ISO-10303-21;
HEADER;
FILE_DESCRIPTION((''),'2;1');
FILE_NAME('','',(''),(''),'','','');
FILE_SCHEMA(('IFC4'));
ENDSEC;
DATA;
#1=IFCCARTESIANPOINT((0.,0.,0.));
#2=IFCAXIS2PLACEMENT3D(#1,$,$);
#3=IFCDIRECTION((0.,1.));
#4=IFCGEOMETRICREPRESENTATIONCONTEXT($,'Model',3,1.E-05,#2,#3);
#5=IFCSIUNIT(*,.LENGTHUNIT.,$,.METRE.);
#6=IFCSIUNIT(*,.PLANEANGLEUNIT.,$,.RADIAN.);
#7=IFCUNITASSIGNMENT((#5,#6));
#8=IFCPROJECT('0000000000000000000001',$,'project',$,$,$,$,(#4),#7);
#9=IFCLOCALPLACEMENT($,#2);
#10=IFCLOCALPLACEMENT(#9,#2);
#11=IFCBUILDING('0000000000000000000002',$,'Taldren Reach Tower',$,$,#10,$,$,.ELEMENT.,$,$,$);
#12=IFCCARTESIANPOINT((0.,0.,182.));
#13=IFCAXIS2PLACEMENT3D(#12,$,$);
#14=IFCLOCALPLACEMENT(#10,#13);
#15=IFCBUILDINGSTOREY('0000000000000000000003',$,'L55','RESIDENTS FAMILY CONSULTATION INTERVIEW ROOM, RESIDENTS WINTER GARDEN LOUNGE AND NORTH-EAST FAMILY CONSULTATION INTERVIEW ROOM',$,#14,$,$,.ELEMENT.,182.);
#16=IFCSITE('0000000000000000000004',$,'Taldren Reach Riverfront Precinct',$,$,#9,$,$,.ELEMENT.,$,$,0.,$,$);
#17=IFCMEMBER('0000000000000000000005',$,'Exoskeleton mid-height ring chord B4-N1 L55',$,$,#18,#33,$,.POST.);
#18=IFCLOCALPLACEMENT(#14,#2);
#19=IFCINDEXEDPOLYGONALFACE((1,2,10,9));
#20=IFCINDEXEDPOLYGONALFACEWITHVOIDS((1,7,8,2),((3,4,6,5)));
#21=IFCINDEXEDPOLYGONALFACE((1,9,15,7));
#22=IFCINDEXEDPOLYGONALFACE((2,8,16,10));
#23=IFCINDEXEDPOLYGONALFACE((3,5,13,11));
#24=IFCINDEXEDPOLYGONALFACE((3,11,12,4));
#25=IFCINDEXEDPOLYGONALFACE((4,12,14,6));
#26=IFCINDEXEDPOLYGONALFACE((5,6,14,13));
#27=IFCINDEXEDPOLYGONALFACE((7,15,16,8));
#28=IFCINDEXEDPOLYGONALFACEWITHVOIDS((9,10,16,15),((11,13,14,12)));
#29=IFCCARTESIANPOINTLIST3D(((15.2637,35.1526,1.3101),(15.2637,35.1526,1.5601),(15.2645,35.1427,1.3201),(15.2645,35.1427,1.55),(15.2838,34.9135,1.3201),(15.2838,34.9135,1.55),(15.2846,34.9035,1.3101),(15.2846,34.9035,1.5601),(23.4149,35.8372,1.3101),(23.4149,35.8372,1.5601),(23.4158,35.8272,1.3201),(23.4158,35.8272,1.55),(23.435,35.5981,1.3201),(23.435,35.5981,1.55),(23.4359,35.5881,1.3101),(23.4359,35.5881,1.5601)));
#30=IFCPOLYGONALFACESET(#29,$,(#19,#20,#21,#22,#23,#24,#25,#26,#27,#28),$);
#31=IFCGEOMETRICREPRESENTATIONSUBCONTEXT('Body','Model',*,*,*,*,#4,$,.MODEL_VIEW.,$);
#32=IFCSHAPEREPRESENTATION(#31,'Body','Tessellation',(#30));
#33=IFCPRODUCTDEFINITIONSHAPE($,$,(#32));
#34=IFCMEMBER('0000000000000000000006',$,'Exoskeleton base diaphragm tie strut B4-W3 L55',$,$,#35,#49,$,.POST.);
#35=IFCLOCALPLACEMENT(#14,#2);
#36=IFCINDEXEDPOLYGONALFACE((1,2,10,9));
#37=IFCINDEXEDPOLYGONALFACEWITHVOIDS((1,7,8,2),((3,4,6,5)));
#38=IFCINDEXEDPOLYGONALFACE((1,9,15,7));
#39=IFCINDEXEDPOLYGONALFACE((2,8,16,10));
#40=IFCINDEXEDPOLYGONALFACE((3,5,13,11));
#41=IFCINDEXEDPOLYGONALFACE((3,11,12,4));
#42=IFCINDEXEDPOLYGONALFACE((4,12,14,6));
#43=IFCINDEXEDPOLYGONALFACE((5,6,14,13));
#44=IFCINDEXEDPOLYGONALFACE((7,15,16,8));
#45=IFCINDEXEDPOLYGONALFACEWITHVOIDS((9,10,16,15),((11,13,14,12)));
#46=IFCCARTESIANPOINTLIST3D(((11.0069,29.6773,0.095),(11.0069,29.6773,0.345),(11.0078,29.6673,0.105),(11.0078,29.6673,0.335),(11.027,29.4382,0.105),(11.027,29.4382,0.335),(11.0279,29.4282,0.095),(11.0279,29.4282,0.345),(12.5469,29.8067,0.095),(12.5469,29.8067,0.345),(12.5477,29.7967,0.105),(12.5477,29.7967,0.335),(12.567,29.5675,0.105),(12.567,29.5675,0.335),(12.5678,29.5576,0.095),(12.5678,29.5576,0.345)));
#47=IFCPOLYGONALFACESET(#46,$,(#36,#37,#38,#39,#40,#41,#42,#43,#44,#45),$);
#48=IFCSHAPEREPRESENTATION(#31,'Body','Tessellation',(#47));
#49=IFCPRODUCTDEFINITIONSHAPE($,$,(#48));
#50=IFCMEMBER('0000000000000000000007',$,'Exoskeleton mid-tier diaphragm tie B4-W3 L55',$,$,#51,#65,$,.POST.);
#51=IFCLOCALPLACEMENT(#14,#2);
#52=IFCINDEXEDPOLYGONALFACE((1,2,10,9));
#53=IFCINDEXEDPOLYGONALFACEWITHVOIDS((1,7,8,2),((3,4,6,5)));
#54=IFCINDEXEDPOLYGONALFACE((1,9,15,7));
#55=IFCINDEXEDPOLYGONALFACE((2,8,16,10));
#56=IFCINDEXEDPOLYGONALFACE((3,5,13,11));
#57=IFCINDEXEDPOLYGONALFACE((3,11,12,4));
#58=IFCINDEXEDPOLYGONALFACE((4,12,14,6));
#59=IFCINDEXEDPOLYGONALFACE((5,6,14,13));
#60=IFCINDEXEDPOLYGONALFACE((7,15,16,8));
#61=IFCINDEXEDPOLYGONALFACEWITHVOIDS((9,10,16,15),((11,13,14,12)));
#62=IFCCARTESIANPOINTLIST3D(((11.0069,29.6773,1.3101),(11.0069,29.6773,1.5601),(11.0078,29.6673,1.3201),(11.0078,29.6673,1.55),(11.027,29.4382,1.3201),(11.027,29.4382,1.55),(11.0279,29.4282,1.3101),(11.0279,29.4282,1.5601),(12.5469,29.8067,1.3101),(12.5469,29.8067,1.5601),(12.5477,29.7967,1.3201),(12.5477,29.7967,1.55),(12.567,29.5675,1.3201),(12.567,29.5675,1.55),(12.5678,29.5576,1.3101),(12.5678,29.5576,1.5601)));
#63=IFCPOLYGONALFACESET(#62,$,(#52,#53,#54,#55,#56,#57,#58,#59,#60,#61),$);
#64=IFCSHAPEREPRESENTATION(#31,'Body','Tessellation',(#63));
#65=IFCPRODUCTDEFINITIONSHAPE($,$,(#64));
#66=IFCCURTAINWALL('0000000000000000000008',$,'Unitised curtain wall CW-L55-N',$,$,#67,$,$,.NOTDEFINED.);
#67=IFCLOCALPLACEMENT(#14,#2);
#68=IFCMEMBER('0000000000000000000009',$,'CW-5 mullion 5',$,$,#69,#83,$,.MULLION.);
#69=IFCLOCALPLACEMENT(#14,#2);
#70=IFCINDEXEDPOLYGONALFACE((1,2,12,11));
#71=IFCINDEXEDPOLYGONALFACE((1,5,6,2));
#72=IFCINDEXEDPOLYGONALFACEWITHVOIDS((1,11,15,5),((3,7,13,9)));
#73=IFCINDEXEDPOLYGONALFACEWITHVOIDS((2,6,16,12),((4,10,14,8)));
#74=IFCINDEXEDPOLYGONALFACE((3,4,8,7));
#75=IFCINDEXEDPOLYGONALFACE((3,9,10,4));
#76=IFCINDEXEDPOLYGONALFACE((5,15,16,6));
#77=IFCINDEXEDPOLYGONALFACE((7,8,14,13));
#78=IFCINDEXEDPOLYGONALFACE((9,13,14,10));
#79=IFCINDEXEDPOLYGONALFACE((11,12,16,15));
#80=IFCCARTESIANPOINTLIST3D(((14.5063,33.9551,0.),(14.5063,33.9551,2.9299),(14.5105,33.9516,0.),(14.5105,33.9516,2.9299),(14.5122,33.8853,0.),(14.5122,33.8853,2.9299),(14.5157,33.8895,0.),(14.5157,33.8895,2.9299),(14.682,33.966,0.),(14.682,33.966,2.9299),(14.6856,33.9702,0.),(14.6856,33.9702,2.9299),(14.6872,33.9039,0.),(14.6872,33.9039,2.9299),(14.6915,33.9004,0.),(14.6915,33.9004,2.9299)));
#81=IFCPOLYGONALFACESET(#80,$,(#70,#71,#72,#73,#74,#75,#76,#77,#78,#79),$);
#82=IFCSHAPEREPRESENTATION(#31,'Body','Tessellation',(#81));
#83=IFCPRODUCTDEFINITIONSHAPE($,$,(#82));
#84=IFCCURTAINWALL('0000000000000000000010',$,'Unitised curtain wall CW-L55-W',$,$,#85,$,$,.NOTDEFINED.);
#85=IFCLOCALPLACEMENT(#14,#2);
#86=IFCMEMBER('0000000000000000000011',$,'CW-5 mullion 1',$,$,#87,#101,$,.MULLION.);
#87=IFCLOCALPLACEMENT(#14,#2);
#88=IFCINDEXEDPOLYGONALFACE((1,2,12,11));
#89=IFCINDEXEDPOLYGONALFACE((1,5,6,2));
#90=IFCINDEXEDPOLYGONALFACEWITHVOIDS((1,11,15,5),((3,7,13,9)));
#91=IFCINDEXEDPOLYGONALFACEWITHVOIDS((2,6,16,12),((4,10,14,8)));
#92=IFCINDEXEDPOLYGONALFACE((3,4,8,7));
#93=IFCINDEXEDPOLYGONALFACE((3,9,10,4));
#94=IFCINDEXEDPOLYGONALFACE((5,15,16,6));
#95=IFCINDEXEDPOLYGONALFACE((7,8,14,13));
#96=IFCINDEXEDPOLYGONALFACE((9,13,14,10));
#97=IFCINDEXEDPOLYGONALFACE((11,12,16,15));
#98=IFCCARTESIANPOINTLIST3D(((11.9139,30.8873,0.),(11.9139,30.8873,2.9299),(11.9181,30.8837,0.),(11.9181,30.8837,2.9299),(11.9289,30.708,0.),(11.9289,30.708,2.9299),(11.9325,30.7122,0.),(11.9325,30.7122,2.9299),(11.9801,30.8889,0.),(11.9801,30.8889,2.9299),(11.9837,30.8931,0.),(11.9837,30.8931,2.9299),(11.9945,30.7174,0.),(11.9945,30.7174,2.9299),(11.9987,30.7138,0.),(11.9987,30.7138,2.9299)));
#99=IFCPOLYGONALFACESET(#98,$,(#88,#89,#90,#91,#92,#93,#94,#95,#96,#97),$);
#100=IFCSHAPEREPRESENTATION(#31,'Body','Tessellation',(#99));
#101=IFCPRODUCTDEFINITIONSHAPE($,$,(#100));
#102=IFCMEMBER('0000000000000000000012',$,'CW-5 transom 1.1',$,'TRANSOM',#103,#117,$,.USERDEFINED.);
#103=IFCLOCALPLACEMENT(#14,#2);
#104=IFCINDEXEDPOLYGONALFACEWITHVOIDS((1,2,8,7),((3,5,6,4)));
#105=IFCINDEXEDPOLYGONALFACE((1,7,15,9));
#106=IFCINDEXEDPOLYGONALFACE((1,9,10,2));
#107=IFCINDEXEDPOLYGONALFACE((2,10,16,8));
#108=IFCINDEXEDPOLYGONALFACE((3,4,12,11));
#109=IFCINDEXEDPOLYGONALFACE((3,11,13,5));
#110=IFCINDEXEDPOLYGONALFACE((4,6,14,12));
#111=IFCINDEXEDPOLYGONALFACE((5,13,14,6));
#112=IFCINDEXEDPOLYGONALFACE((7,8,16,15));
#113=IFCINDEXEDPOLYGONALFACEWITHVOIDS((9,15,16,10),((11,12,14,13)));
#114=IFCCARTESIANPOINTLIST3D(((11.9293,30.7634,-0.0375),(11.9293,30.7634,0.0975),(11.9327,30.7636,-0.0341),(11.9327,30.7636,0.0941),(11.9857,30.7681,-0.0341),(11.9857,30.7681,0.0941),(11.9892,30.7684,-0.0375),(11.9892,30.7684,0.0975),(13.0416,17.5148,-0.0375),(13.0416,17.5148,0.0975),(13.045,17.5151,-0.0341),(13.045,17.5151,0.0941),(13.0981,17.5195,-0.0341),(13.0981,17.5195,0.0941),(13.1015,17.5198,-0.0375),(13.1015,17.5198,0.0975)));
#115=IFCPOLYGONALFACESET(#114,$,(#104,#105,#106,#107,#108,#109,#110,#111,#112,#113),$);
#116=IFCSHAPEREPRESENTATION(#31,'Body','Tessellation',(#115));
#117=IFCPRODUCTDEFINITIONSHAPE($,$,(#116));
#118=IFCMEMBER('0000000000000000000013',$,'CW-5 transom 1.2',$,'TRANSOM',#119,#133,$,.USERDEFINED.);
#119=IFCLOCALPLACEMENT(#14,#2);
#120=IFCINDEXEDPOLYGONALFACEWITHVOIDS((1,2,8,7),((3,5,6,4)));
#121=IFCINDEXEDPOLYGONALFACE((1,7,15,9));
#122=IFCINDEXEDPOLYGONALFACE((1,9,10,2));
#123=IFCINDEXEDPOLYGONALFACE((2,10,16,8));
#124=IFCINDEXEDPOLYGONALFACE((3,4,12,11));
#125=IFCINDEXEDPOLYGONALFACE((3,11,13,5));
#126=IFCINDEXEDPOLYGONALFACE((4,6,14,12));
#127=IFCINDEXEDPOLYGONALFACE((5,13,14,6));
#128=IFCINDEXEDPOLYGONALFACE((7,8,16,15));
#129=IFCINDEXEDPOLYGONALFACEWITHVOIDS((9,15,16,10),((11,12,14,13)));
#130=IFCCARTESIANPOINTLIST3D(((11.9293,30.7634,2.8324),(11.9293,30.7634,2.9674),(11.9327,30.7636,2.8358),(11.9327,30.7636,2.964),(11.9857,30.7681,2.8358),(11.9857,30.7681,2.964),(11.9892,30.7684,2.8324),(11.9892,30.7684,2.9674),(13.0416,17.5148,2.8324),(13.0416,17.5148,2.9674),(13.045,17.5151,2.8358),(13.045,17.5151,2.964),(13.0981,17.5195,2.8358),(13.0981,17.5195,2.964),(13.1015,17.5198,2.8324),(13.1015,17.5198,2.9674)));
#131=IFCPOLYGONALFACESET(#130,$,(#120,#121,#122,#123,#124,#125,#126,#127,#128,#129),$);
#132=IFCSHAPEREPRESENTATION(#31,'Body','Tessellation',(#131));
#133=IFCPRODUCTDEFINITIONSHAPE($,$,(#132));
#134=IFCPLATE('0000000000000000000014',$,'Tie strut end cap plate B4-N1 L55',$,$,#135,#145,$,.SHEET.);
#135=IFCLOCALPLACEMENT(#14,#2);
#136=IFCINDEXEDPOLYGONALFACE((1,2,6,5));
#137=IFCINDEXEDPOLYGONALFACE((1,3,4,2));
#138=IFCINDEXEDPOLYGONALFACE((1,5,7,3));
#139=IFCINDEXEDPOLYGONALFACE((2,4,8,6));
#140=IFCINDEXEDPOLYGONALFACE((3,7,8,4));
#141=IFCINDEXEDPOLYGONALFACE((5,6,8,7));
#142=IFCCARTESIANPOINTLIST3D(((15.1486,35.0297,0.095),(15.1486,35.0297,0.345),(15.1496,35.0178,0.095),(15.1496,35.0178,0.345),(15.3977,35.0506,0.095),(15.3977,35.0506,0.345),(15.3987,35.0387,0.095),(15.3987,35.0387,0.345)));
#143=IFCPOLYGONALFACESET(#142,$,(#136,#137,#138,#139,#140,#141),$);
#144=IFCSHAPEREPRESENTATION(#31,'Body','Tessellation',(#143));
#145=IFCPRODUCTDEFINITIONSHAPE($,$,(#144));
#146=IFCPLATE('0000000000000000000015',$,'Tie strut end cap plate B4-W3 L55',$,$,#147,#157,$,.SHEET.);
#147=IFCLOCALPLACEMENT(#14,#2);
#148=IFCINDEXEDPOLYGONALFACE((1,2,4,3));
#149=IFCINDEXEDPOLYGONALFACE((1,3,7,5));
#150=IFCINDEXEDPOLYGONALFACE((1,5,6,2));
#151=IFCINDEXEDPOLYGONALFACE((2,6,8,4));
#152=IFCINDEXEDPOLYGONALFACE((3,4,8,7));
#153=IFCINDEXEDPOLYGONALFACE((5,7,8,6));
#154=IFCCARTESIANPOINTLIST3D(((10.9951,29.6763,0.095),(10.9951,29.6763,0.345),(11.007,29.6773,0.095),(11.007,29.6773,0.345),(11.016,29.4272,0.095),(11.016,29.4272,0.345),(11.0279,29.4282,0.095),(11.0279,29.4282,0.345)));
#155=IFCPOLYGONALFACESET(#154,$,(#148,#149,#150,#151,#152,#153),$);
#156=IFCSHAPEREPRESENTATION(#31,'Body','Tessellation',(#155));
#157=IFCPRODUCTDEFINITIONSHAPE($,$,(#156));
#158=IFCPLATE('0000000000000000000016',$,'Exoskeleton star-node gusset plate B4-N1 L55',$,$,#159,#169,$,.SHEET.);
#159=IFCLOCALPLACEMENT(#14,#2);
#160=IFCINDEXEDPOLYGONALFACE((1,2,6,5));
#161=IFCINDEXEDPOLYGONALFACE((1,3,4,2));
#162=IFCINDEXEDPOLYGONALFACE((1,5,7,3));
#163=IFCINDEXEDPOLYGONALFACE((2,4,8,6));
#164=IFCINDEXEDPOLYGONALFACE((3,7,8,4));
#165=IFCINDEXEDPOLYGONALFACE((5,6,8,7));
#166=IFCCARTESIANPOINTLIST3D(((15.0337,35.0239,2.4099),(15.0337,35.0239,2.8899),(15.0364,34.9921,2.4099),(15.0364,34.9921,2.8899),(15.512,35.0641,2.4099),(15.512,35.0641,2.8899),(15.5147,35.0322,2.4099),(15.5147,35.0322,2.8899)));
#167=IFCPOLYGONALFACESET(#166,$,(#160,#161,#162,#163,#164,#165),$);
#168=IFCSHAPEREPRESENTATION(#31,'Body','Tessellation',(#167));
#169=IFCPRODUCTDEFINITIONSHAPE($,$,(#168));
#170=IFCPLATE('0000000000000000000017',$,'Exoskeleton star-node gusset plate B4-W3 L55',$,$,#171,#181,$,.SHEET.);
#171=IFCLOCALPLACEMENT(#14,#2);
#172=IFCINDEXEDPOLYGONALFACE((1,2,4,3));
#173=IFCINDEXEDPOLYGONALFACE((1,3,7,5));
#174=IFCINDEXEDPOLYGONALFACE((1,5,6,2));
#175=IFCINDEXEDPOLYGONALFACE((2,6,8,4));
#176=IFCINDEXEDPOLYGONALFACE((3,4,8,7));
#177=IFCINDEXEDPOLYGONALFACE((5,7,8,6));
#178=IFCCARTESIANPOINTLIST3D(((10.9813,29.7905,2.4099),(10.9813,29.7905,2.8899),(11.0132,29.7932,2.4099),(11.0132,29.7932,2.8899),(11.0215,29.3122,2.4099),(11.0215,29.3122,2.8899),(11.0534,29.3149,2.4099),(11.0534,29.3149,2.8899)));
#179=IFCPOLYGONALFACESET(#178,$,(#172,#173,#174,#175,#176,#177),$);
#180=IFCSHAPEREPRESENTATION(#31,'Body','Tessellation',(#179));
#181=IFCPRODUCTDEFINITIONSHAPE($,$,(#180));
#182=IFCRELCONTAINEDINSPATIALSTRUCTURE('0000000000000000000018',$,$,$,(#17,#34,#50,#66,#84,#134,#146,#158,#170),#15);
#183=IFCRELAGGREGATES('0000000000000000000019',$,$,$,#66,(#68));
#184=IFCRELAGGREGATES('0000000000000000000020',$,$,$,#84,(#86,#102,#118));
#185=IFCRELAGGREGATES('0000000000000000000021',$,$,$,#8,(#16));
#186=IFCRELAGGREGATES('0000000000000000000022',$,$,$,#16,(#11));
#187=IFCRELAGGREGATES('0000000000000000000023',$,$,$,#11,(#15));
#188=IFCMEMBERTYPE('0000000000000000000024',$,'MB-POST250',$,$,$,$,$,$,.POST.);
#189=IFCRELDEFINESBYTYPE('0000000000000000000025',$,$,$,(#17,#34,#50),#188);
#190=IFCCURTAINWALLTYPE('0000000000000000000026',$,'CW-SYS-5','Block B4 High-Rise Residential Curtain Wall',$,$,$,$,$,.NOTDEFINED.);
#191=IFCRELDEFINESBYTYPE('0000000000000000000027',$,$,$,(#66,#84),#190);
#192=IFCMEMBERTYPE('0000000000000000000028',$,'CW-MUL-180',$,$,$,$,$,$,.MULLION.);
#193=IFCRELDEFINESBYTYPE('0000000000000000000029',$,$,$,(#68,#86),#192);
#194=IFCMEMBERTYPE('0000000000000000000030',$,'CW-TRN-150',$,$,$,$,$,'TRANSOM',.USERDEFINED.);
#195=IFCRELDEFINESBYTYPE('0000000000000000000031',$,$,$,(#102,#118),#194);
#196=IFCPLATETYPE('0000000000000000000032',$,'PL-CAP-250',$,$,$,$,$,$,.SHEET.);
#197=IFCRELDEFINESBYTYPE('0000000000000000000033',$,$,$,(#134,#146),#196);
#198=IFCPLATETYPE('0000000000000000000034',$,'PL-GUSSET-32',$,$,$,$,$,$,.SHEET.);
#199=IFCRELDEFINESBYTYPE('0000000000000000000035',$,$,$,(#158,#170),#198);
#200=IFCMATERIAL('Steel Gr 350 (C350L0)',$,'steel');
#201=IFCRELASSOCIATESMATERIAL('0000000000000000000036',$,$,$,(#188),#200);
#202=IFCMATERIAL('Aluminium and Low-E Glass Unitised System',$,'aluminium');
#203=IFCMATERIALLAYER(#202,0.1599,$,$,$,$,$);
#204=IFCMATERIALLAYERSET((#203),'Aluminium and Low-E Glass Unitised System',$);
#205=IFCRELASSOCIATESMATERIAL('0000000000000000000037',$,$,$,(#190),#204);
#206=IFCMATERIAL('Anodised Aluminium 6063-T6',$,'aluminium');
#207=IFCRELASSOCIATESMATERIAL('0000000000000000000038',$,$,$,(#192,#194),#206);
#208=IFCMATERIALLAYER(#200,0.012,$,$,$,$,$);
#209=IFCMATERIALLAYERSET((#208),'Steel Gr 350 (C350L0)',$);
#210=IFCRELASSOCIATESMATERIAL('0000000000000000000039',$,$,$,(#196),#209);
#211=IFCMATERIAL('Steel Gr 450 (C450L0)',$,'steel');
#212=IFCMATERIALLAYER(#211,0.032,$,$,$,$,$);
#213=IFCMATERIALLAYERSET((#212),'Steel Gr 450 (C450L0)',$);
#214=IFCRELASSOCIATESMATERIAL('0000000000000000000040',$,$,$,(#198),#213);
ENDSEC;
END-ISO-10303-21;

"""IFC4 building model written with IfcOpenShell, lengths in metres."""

from ifc_helpers import new_model, si_unit, direction, frame, origin, origin_2d, place, context, subcontext, project, spatial, rectangle, hollow_rectangle, extrude, source, transform, mapped, material, layer, layer_set, material_profile, profile_set, type_object, element, aggregate, save


model = new_model("IFC4")

# Units and contexts
model_context = context("Model", 3, precision=1e-05, world=origin(), true_north=direction((0.0, 1.0)))
body_context = subcontext(model_context, "Body", "Model", "MODEL_VIEW")
ifc_project = project(units=[si_unit("LENGTHUNIT", "METRE"), si_unit("PLANEANGLEUNIT", "RADIAN")], contexts=[model_context])

# Site, building, storey
site_placement = place(None, origin())
site = spatial("IfcSite", under=ifc_project, at=site_placement, Name="Taldren Reach Riverfront Precinct", CompositionType="ELEMENT", RefElevation=0.0)
building_placement = place(site_placement, origin())
building = spatial("IfcBuilding", under=site, at=building_placement, Name="Taldren Reach Tower", CompositionType="ELEMENT")
storey_placement = place(building_placement, frame((0.0, 0.0, 182.0)))
storey = spatial("IfcBuildingStorey", under=building, at=storey_placement, Name="L55", Description="RESIDENTS FAMILY CONSULTATION INTERVIEW ROOM, RESIDENTS WINTER GARDEN LOUNGE AND NORTH-EAST FAMILY CONSULTATION INTERVIEW ROOM", CompositionType="ELEMENT", Elevation=182.0)

# Shared definitions
ifc_material_1 = material(Name="Steel Gr 350 (C350L0)", Category="steel")

# Shared definitions
ifc_material_profile_1 = material_profile(ifc_material_1, hollow_rectangle(XDim=0.25, YDim=0.25, WallThickness=0.01, at=origin_2d()), Name="250x250x10.0SHS")
ifc_profile_set_1 = profile_set([ifc_material_profile_1], Name="Steel Gr 350 (C350L0)")
member_type_1 = type_object("IfcMemberType", Name="MB-POST250", PredefinedType="POST", material=ifc_profile_set_1)

# Members
ifc_material_2 = material(Name="Steel Gr 450 (C450L0)", Category="steel")
shared_shape_1 = source(origin(), body_context, "Body", "SweptSolid", [
    extrude(hollow_rectangle(XDim=0.25, YDim=0.25, WallThickness=0.01, at=origin_2d()), origin(), (0.0, 0.0, 1.0), 8.1799),
])
member_1_placement = place(storey_placement, frame((15.2742, 35.0281, 1.4351), z_axis=(0.996492, 0.08369, 0.0), x_axis=(-0.08369, 0.996492, 0.0)))
element("IfcMember", 1, at=member_1_placement, inside=storey, type_object=member_type_1, Name="Exoskeleton mid-height ring chord B4-N1 L55", PredefinedType="POST", context=body_context, shape_type="MappedRepresentation", body=[
    mapped(shared_shape_1, transform((0.0, 0.0, 0.0), scale=1.0)),
])
shared_shape_2 = source(origin(), body_context, "Body", "SweptSolid", [
    extrude(hollow_rectangle(XDim=0.25, YDim=0.25, WallThickness=0.01, at=origin_2d()), origin(), (0.0, 0.0, 1.0), 1.5454),
])
for number, where, z_axis, x_axis, name in (
    (2, (12.5574, 29.6821, 0.22), (-0.996489, -0.083725, 0.0), (0.083725, -0.996489, 0.0), "Exoskeleton base diaphragm tie strut B4-W3 L55"),
    (3, (12.5574, 29.6821, 1.4351), (-0.996489, -0.083725, 0.0), (0.083725, -0.996489, 0.0), "Exoskeleton mid-tier diaphragm tie B4-W3 L55"),
):
    element("IfcMember", number, at=place(storey_placement, frame(where, z_axis=z_axis, x_axis=x_axis)), inside=storey, type_object=member_type_1, Name=name, PredefinedType="POST", context=body_context, shape_type="MappedRepresentation", body=[
        mapped(shared_shape_2, transform((0.0, 0.0, 0.0), scale=1.0)),
    ])

# Curtain wall, member
ifc_material_3 = material(Name="Aluminium and Low-E Glass Unitised System", Category="aluminium")
ifc_layer_1 = layer(ifc_material_3, 0.1599)
ifc_layer_set_1 = layer_set([ifc_layer_1], Name="Aluminium and Low-E Glass Unitised System")
curtain_wall_type = type_object("IfcCurtainWallType", Name="CW-SYS-5", Description="Block B4 High-Rise Residential Curtain Wall", PredefinedType="NOTDEFINED", material=ifc_layer_set_1)
curtain_wall_1_placement = place(storey_placement, origin())
curtain_wall_1 = element("IfcCurtainWall", 4, at=curtain_wall_1_placement, inside=storey, type_object=curtain_wall_type, Name="Unitised curtain wall CW-L55-N", PredefinedType="NOTDEFINED")
ifc_material_4 = material(Name="Anodised Aluminium 6063-T6", Category="aluminium")
ifc_material_profile_2 = material_profile(ifc_material_4, hollow_rectangle(XDim=0.0701, YDim=0.1799, WallThickness=0.0039, at=origin_2d()), Name="ALU-180x70x4RHS")
ifc_profile_set_2 = profile_set([ifc_material_profile_2], Name="Anodised Aluminium 6063-T6")
member_type_2 = type_object("IfcMemberType", Name="CW-MUL-180", PredefinedType="MULLION", material=ifc_profile_set_2)
shared_shape_3 = source(origin(), body_context, "Body", "SweptSolid", [
    extrude(hollow_rectangle(XDim=0.0701, YDim=0.1799, WallThickness=0.0039, at=origin_2d()), origin(), (0.0, 0.0, 1.0), 2.9299),
])
member_2_placement = place(storey_placement, frame((14.5989, 33.9277, 0.0), z_axis=(0.0, 0.0, 1.0), x_axis=(0.083678, -0.996493, 0.0)))
member_2 = element("IfcMember", 5, at=member_2_placement, type_object=member_type_2, Name="CW-5 mullion 5", PredefinedType="MULLION", context=body_context, shape_type="MappedRepresentation", body=[
    mapped(shared_shape_3, transform((0.0, 0.0, 0.0), scale=1.0)),
])
aggregate(curtain_wall_1, [member_2])

# Curtain wall, members
curtain_wall_2_placement = place(storey_placement, origin())
curtain_wall_2 = element("IfcCurtainWall", 6, at=curtain_wall_2_placement, inside=storey, type_object=curtain_wall_type, Name="Unitised curtain wall CW-L55-W", PredefinedType="NOTDEFINED")
member_3_placement = place(storey_placement, frame((11.9563, 30.8005, 0.0), z_axis=(0.0, 0.0, 1.0), x_axis=(0.996493, 0.083678, 0.0)))
member_3 = element("IfcMember", 7, at=member_3_placement, type_object=member_type_2, Name="CW-5 mullion 1", PredefinedType="MULLION", context=body_context, shape_type="MappedRepresentation", body=[
    mapped(shared_shape_3, transform((0.0, 0.0, 0.0), scale=1.0)),
])
ifc_material_profile_3 = material_profile(ifc_material_4, hollow_rectangle(XDim=0.0601, YDim=0.135, WallThickness=0.0034, at=origin_2d()), Name="ALU-135x60x3.5RHS")
ifc_profile_set_3 = profile_set([ifc_material_profile_3], Name="Anodised Aluminium 6063-T6")
member_type_3 = type_object("IfcMemberType", Name="CW-TRN-150", ElementType="TRANSOM", PredefinedType="USERDEFINED", material=ifc_profile_set_3)
shared_shape_4 = source(origin(), body_context, "Body", "SweptSolid", [
    extrude(hollow_rectangle(XDim=0.0601, YDim=0.135, WallThickness=0.0034, at=origin_2d()), origin(), (0.0, 0.0, 1.0), 13.2952),
])
member_4_placement = place(storey_placement, frame((11.9592, 30.7659, 0.03), z_axis=(0.083662, -0.996494, 0.0), x_axis=(0.996494, 0.083662, 0.0)))
member_4 = element("IfcMember", 8, at=member_4_placement, type_object=member_type_3, Name="CW-5 transom 1.1", ObjectType="TRANSOM", PredefinedType="USERDEFINED", context=body_context, shape_type="MappedRepresentation", body=[
    mapped(shared_shape_4, transform((0.0, 0.0, 0.0), scale=1.0)),
])
member_5_placement = place(storey_placement, frame((11.9592, 30.7659, 2.8999), z_axis=(0.083662, -0.996494, 0.0), x_axis=(0.996494, 0.083662, 0.0)))
member_5 = element("IfcMember", 9, at=member_5_placement, type_object=member_type_3, Name="CW-5 transom 1.2", ObjectType="TRANSOM", PredefinedType="USERDEFINED", context=body_context, shape_type="MappedRepresentation", body=[
    mapped(shared_shape_4, transform((0.0, 0.0, 0.0), scale=1.0)),
])

# Plates
ifc_layer_2 = layer(ifc_material_1, 0.012)
ifc_layer_set_2 = layer_set([ifc_layer_2], Name="Steel Gr 350 (C350L0)")
plate_type_1 = type_object("IfcPlateType", Name="PL-CAP-250", PredefinedType="SHEET", material=ifc_layer_set_2)
shared_shape_5 = source(origin(), body_context, "Body", "SweptSolid", [
    extrude(rectangle(XDim=0.25, YDim=0.012, at=origin_2d()), origin(), (0.0, 0.0, 1.0), 0.25),
])
plate_1_placement = place(storey_placement, frame((15.2737, 35.0342, 0.095), z_axis=(0.0, 0.0, 1.0), x_axis=(0.996493, 0.083678, 0.0)))
element("IfcPlate", 10, at=plate_1_placement, inside=storey, type_object=plate_type_1, Name="Tie strut end cap plate B4-N1 L55", PredefinedType="SHEET", context=body_context, shape_type="MappedRepresentation", body=[
    mapped(shared_shape_5, transform((0.0, 0.0, 0.0), scale=1.0)),
])
shared_shape_6 = source(origin(), body_context, "Body", "SweptSolid", [
    extrude(rectangle(XDim=0.012, YDim=0.25, at=origin_2d()), origin(), (0.0, 0.0, 1.0), 0.25),
])
plate_2_placement = place(storey_placement, frame((11.0115, 29.5522, 0.095), z_axis=(0.0, 0.0, 1.0), x_axis=(0.996493, 0.083678, 0.0)))
element("IfcPlate", 11, at=plate_2_placement, inside=storey, type_object=plate_type_1, Name="Tie strut end cap plate B4-W3 L55", PredefinedType="SHEET", context=body_context, shape_type="MappedRepresentation", body=[
    mapped(shared_shape_6, transform((0.0, 0.0, 0.0), scale=1.0)),
])
ifc_layer_3 = layer(ifc_material_2, 0.032)
ifc_layer_set_3 = layer_set([ifc_layer_3], Name="Steel Gr 450 (C450L0)")
plate_type_2 = type_object("IfcPlateType", Name="PL-GUSSET-32", PredefinedType="SHEET", material=ifc_layer_set_3)
shared_shape_7 = source(origin(), body_context, "Body", "SweptSolid", [
    extrude(rectangle(XDim=0.48, YDim=0.032, at=origin_2d()), origin(), (0.0, 0.0, 1.0), 0.48),
])
for number, where, z_axis, x_axis, name in (
    (12, (15.2742, 35.0281, 2.4099), (0.0, 0.0, 1.0), (0.996493, 0.083678, 0.0), "Exoskeleton star-node gusset plate B4-N1 L55"),
    (13, (11.0173, 29.5527, 2.4099), (0.0, 0.0, 1.0), (-0.083678, 0.996493, 0.0), "Exoskeleton star-node gusset plate B4-W3 L55"),
):
    element("IfcPlate", number, at=place(storey_placement, frame(where, z_axis=z_axis, x_axis=x_axis)), inside=storey, type_object=plate_type_2, Name=name, PredefinedType="SHEET", context=body_context, shape_type="MappedRepresentation", body=[
        mapped(shared_shape_7, transform((0.0, 0.0, 0.0), scale=1.0)),
    ])

aggregate(curtain_wall_2, [member_3, member_4, member_5])

save(model, "model.ifc")
